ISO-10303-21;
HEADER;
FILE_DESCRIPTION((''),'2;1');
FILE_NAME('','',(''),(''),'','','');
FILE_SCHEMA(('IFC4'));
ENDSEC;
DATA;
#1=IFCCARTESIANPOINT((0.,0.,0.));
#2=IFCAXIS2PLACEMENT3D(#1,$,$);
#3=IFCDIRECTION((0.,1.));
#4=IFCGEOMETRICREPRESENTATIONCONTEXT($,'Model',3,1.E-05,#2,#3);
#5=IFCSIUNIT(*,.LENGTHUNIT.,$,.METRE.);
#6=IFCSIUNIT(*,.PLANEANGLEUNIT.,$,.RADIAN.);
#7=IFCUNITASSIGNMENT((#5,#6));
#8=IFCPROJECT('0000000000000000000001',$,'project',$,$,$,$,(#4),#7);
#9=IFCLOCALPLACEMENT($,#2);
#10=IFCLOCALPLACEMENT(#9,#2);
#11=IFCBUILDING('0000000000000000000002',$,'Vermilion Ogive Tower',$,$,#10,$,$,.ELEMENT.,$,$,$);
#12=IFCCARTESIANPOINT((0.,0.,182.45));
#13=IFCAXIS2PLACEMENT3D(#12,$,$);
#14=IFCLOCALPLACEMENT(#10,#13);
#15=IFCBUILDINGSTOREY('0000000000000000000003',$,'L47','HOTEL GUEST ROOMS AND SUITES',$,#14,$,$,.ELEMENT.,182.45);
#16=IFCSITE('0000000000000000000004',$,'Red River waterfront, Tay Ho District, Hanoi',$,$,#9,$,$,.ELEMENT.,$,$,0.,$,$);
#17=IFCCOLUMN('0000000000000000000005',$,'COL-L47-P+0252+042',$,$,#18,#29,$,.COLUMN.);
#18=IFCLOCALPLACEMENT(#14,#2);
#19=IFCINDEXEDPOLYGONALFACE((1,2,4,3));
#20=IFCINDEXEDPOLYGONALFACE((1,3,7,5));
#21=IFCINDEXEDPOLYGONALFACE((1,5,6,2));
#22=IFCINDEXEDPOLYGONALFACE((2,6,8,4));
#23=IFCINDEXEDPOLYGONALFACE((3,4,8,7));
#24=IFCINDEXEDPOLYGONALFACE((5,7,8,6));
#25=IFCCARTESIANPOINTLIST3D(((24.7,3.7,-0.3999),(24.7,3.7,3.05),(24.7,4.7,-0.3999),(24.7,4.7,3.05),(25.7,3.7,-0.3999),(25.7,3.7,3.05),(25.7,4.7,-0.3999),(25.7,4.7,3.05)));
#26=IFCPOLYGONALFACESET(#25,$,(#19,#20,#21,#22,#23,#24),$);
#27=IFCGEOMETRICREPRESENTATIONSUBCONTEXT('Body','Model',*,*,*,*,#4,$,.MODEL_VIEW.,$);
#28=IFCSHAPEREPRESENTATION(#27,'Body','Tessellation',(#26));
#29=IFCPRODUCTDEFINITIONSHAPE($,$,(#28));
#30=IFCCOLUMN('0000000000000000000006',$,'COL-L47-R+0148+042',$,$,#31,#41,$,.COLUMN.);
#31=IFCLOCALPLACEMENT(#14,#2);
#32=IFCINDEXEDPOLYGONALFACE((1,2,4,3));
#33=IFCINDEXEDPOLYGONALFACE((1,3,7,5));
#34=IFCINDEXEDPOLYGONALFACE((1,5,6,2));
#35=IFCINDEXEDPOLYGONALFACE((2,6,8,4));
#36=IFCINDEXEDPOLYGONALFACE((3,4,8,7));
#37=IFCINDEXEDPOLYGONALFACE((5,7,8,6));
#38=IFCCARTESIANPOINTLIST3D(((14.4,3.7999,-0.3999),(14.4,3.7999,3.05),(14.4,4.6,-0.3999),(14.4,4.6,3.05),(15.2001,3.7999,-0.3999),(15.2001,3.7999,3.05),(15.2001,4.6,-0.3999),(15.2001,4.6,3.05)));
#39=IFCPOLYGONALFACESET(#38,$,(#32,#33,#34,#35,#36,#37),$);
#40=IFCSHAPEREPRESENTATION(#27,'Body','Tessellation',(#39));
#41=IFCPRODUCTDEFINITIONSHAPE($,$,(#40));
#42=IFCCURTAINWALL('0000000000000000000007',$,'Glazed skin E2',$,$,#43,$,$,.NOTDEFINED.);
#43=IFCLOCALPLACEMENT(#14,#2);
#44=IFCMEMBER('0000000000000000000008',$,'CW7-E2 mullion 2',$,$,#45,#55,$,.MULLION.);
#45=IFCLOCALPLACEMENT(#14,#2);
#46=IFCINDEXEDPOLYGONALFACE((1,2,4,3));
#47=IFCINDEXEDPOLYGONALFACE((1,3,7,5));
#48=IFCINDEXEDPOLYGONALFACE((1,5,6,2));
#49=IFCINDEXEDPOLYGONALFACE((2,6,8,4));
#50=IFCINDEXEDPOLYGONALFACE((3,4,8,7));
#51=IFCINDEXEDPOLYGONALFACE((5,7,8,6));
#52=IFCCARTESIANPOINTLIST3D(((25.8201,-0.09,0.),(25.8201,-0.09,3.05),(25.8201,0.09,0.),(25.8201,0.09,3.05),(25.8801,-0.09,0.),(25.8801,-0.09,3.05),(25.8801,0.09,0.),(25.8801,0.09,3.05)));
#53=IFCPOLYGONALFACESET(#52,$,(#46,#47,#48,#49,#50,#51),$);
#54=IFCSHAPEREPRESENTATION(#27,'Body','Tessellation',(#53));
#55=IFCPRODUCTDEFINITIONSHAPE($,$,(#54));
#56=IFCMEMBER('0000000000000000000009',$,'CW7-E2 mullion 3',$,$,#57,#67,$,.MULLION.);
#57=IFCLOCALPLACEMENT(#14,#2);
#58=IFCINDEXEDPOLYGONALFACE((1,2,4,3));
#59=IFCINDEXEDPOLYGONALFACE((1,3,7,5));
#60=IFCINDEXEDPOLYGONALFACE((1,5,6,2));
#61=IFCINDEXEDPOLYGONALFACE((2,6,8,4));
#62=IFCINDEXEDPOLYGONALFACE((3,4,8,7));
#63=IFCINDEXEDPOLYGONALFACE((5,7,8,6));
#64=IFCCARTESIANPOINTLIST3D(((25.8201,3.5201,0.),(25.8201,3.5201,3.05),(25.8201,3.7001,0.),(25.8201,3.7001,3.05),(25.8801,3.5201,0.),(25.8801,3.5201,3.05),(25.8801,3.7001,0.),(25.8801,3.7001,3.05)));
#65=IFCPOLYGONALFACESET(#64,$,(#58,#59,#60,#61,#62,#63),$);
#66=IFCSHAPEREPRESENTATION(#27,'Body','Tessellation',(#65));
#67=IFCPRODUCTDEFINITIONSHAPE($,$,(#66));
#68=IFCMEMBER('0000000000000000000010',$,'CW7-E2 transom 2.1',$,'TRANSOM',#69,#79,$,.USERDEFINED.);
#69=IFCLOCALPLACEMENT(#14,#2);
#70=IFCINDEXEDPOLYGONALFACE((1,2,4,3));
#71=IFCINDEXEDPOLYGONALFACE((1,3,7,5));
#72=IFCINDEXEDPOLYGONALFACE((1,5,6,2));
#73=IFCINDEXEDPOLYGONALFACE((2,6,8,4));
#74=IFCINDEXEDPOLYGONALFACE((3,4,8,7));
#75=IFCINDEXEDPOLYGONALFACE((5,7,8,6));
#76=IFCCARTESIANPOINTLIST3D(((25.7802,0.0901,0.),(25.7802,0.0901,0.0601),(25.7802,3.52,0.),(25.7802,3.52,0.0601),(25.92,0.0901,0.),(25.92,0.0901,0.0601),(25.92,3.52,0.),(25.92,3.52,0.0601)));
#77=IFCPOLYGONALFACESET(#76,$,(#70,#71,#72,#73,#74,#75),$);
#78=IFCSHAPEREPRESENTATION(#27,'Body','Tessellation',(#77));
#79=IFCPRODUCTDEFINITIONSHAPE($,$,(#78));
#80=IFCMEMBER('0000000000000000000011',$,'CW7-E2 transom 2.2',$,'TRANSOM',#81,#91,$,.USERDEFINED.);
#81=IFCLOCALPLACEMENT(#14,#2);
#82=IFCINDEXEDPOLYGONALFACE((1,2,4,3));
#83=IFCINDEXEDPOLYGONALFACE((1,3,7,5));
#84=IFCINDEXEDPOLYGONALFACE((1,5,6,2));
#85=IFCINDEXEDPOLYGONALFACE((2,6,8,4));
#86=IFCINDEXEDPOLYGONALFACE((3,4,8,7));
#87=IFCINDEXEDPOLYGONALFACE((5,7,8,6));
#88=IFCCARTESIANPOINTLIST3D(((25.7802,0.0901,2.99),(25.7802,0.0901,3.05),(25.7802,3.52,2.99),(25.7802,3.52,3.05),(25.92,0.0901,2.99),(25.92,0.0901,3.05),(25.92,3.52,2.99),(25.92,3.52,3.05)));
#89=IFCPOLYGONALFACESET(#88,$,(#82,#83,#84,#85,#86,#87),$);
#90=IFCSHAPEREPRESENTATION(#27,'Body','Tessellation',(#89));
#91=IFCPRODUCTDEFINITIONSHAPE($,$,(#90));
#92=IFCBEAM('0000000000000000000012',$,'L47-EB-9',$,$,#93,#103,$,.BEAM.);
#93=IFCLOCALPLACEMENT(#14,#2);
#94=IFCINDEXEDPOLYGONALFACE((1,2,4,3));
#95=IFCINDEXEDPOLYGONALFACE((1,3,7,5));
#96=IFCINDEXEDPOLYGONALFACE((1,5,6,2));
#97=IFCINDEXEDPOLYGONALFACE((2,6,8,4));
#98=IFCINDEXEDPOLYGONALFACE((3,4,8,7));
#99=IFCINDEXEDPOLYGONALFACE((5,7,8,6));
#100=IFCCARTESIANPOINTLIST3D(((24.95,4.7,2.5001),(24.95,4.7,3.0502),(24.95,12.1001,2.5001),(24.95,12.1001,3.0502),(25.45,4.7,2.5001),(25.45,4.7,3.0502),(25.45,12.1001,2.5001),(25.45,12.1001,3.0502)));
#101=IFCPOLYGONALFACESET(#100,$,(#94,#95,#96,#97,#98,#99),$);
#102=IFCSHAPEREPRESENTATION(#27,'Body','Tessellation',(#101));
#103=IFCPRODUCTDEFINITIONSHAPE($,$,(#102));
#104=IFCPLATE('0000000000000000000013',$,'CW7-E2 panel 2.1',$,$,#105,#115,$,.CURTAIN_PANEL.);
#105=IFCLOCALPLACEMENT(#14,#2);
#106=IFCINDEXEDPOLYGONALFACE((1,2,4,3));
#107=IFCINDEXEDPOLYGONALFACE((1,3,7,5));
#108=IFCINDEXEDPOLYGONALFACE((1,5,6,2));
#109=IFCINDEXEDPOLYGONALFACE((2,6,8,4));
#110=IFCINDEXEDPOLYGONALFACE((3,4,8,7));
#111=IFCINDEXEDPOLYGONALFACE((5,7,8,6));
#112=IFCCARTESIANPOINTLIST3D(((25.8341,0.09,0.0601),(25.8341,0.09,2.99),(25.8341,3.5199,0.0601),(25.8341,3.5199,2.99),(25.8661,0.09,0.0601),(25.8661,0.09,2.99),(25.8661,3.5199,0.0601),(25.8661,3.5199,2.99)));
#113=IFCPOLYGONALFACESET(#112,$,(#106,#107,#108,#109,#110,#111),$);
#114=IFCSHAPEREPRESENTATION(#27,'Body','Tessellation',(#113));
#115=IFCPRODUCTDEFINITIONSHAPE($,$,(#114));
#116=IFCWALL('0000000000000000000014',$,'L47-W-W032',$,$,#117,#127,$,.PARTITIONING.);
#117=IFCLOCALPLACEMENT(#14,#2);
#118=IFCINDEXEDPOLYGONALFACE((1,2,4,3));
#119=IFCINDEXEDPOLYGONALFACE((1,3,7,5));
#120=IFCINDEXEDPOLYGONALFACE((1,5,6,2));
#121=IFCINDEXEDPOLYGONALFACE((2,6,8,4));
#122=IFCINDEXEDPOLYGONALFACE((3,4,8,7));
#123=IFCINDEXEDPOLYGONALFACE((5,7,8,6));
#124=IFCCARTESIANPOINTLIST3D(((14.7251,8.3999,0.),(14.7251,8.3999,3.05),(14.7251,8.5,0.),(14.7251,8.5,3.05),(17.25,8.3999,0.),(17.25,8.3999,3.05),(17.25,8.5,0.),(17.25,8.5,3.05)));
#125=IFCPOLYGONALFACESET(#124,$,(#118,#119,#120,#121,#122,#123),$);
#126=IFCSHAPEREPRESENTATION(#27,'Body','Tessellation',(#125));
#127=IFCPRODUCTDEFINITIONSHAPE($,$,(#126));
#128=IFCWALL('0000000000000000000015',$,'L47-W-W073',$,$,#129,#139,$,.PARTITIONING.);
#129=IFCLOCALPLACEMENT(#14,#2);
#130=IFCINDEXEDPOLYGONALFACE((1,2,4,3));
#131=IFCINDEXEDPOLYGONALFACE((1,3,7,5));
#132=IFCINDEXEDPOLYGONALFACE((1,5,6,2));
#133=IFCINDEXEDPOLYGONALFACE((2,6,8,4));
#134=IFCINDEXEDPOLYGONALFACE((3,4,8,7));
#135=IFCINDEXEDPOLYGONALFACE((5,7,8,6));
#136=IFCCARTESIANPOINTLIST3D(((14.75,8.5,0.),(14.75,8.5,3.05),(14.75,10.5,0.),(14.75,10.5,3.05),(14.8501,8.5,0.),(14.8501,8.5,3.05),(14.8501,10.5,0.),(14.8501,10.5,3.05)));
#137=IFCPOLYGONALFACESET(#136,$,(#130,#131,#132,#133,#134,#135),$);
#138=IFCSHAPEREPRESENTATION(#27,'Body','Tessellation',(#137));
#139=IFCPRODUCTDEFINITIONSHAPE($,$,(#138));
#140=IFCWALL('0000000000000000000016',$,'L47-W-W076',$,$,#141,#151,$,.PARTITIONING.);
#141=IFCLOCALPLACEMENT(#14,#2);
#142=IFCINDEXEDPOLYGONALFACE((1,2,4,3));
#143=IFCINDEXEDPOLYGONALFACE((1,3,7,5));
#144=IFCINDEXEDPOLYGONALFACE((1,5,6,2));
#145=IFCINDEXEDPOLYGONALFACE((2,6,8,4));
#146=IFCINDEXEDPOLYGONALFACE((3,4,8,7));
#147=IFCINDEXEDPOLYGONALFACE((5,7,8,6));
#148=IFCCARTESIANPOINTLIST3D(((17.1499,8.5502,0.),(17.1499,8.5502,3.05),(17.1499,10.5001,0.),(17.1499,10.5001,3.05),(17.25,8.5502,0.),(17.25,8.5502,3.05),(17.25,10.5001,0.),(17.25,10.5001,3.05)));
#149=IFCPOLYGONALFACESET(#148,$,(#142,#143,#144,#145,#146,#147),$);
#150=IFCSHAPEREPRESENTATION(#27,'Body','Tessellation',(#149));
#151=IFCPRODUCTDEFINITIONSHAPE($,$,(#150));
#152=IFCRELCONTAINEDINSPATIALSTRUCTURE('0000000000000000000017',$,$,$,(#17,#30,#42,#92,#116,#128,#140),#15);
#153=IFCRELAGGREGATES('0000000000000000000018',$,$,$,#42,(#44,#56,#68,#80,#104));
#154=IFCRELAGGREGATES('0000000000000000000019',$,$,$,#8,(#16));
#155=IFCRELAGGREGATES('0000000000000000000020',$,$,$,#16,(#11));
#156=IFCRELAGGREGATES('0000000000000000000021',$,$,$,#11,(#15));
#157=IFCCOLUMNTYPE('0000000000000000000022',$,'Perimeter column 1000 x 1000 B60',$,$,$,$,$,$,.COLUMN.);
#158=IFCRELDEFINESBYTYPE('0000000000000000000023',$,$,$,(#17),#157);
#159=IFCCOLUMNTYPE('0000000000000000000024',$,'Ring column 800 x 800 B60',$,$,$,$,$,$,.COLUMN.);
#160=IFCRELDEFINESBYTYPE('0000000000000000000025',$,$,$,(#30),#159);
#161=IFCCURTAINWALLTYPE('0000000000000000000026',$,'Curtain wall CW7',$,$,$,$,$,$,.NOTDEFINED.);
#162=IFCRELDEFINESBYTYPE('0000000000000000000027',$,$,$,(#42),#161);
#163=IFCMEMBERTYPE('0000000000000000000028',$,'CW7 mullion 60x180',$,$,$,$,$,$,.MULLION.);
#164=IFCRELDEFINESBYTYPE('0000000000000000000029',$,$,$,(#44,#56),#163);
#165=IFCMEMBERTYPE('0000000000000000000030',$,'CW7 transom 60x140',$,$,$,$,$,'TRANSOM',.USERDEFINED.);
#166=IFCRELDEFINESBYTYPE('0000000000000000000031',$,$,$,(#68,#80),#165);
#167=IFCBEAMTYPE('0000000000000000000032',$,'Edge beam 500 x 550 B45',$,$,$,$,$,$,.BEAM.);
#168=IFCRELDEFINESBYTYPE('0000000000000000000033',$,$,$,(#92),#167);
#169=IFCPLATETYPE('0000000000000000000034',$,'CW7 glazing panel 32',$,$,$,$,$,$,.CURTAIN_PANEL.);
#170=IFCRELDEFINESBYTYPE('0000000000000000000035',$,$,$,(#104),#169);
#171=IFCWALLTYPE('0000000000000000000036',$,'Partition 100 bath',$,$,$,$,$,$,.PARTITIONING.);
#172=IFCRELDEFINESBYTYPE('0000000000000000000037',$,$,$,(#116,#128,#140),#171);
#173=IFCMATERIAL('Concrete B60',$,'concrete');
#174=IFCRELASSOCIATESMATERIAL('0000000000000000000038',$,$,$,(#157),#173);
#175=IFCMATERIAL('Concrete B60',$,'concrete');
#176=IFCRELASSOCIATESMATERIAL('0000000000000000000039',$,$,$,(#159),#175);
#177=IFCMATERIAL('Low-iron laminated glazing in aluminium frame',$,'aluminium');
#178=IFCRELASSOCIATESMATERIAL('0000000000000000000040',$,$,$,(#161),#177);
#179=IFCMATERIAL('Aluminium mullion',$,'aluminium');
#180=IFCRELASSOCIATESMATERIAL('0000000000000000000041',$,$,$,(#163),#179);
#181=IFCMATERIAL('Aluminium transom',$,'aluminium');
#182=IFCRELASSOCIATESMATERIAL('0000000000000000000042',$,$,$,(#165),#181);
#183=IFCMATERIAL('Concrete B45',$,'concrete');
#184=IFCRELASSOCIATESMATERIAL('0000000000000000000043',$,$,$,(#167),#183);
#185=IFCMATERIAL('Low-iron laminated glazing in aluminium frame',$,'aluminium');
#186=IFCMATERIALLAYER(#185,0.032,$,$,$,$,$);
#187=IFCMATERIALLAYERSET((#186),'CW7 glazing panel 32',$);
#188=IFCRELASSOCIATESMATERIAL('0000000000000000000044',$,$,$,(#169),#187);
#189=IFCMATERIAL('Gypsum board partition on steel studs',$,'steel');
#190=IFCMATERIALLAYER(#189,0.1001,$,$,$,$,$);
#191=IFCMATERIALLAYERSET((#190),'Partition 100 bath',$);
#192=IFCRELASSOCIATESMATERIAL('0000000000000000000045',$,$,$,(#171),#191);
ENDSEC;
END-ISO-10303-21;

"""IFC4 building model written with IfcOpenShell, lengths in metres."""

from ifc_helpers import new_model, si_unit, direction, frame, frame_2d, origin, origin_2d, place, context, subcontext, project, spatial, rectangle, extrude, material, layer, layer_set, material_profile, profile_set, type_object, element, aggregate, save


model = new_model("IFC4")

# Units and contexts
model_context = context("Model", 3, precision=1e-05, world=origin(), true_north=direction((0.0, 1.0)))
body_context = subcontext(model_context, "Body", "Model", "MODEL_VIEW")
ifc_project = project(units=[si_unit("LENGTHUNIT", "METRE"), si_unit("PLANEANGLEUNIT", "RADIAN")], contexts=[model_context])

# Site, building, storey
site_placement = place(None, origin())
site = spatial("IfcSite", under=ifc_project, at=site_placement, Name="Red River waterfront, Tay Ho District, Hanoi", CompositionType="ELEMENT", RefElevation=0.0)
building_placement = place(site_placement, origin())
building = spatial("IfcBuilding", under=site, at=building_placement, Name="Vermilion Ogive Tower", CompositionType="ELEMENT")
storey_placement = place(building_placement, frame((0.0, 0.0, 182.45)))
storey = spatial("IfcBuildingStorey", under=building, at=storey_placement, Name="L47", Description="HOTEL GUEST ROOMS AND SUITES", CompositionType="ELEMENT", Elevation=182.45)

# Columns
ifc_material_1 = material(Name="Concrete B60", Category="concrete")
ifc_material_profile_1 = material_profile(ifc_material_1, rectangle(XDim=1.0, YDim=1.0, at=origin_2d()), Name="1000 x 1000")
ifc_profile_set_1 = profile_set([ifc_material_profile_1], Name="Concrete B60")
column_type_1 = type_object("IfcColumnType", Name="Perimeter column 1000 x 1000 B60", PredefinedType="COLUMN", material=ifc_profile_set_1)
column_1_placement = place(storey_placement, frame((25.2, 4.2, -0.3999), z_axis=(0.0, 0.0, 1.0), x_axis=(1.0, 0.0, 0.0)))
element("IfcColumn", 1, at=column_1_placement, inside=storey, type_object=column_type_1, Name="COL-L47-P+0252+042", PredefinedType="COLUMN", context=body_context, shape_type="SweptSolid", body=[
    extrude(rectangle(XDim=1.0, YDim=1.0, at=origin_2d()), origin(), (0.0, 0.0, 1.0), 3.45),
])
ifc_material_2 = material(Name="Concrete B60", Category="concrete")
ifc_material_profile_2 = material_profile(ifc_material_2, rectangle(XDim=0.8, YDim=0.8, at=origin_2d()), Name="800 x 800")
ifc_profile_set_2 = profile_set([ifc_material_profile_2], Name="Concrete B60")
column_type_2 = type_object("IfcColumnType", Name="Ring column 800 x 800 B60", PredefinedType="COLUMN", material=ifc_profile_set_2)
column_2_placement = place(storey_placement, frame((14.8, 4.2, -0.3999), z_axis=(0.0, 0.0, 1.0), x_axis=(1.0, 0.0, 0.0)))
element("IfcColumn", 2, at=column_2_placement, inside=storey, type_object=column_type_2, Name="COL-L47-R+0148+042", PredefinedType="COLUMN", context=body_context, shape_type="SweptSolid", body=[
    extrude(rectangle(XDim=0.8, YDim=0.8, at=origin_2d()), origin(), (0.0, 0.0, 1.0), 3.45),
])

# Curtain wall, members
ifc_material_3 = material(Name="Low-iron laminated glazing in aluminium frame", Category="aluminium")
curtain_wall_type = type_object("IfcCurtainWallType", Name="Curtain wall CW7", PredefinedType="NOTDEFINED", material=ifc_material_3)
curtain_wall_placement = place(storey_placement, origin())
curtain_wall = element("IfcCurtainWall", 3, at=curtain_wall_placement, inside=storey, type_object=curtain_wall_type, Name="Glazed skin E2", PredefinedType="NOTDEFINED")
ifc_material_4 = material(Name="Aluminium mullion", Category="aluminium")
ifc_material_profile_3 = material_profile(ifc_material_4, rectangle(XDim=0.0601, YDim=0.1799, at=origin_2d()), Name="AL 60x180")
ifc_profile_set_3 = profile_set([ifc_material_profile_3], Name="Aluminium mullion")
member_type_1 = type_object("IfcMemberType", Name="CW7 mullion 60x180", PredefinedType="MULLION", material=ifc_profile_set_3)
member_1_placement = place(storey_placement, frame((25.8501, 0.0, 0.0), z_axis=(0.0, 0.0, 1.0), x_axis=(-1.0, 0.0, 0.0)))
member_1 = element("IfcMember", 4, at=member_1_placement, type_object=member_type_1, Name="CW7-E2 mullion 2", PredefinedType="MULLION", context=body_context, shape_type="SweptSolid", body=[
    extrude(rectangle(XDim=0.0601, YDim=0.1799, at=origin_2d()), origin(), (0.0, 0.0, 1.0), 3.05),
])
member_2_placement = place(storey_placement, frame((25.8501, 3.6101, 0.0), z_axis=(0.0, 0.0, 1.0), x_axis=(-1.0, 0.0, 0.0)))
member_2 = element("IfcMember", 5, at=member_2_placement, type_object=member_type_1, Name="CW7-E2 mullion 3", PredefinedType="MULLION", context=body_context, shape_type="SweptSolid", body=[
    extrude(rectangle(XDim=0.0601, YDim=0.1799, at=origin_2d()), origin(), (0.0, 0.0, 1.0), 3.05),
])
ifc_material_5 = material(Name="Aluminium transom", Category="aluminium")
ifc_material_profile_4 = material_profile(ifc_material_5, rectangle(XDim=0.1399, YDim=0.0601, at=origin_2d()), Name="AL 60x140")
ifc_profile_set_4 = profile_set([ifc_material_profile_4], Name="Aluminium transom")
member_type_2 = type_object("IfcMemberType", Name="CW7 transom 60x140", ElementType="TRANSOM", PredefinedType="USERDEFINED", material=ifc_profile_set_4)
member_3_placement = place(storey_placement, frame((25.8501, 0.0901, 0.03), z_axis=(0.0, 1.0, 0.0), x_axis=(-1.0, 0.0, 0.0)))
member_3 = element("IfcMember", 6, at=member_3_placement, type_object=member_type_2, Name="CW7-E2 transom 2.1", ObjectType="TRANSOM", PredefinedType="USERDEFINED", context=body_context, shape_type="SweptSolid", body=[
    extrude(rectangle(XDim=0.1399, YDim=0.0601, at=origin_2d()), origin(), (0.0, 0.0, 1.0), 3.4299),
])
member_4_placement = place(storey_placement, frame((25.8501, 0.0901, 3.02), z_axis=(0.0, 1.0, 0.0), x_axis=(-1.0, 0.0, 0.0)))
member_4 = element("IfcMember", 7, at=member_4_placement, type_object=member_type_2, Name="CW7-E2 transom 2.2", ObjectType="TRANSOM", PredefinedType="USERDEFINED", context=body_context, shape_type="SweptSolid", body=[
    extrude(rectangle(XDim=0.1399, YDim=0.0601, at=origin_2d()), origin(), (0.0, 0.0, 1.0), 3.4299),
])

# Beam
ifc_material_6 = material(Name="Concrete B45", Category="concrete")
ifc_material_profile_5 = material_profile(ifc_material_6, rectangle(XDim=0.5, YDim=0.55, at=origin_2d()), Name="500 x 550")
ifc_profile_set_5 = profile_set([ifc_material_profile_5], Name="Concrete B45")
beam_type = type_object("IfcBeamType", Name="Edge beam 500 x 550 B45", PredefinedType="BEAM", material=ifc_profile_set_5)
beam_placement = place(storey_placement, frame((25.2, 4.7, 2.7751), z_axis=(0.0, 1.0, 0.0), x_axis=(-1.0, 0.0, 0.0)))
element("IfcBeam", 8, at=beam_placement, inside=storey, type_object=beam_type, Name="L47-EB-9", PredefinedType="BEAM", context=body_context, shape_type="SweptSolid", body=[
    extrude(rectangle(XDim=0.5, YDim=0.55, at=origin_2d()), origin(), (0.0, 0.0, 1.0), 7.4001),
])

# Plate
ifc_material_7 = material(Name="Low-iron laminated glazing in aluminium frame", Category="aluminium")
ifc_layer_1 = layer(ifc_material_7, 0.032)
ifc_layer_set_1 = layer_set([ifc_layer_1], Name="CW7 glazing panel 32")
plate_type = type_object("IfcPlateType", Name="CW7 glazing panel 32", PredefinedType="CURTAIN_PANEL", material=ifc_layer_set_1)
plate_placement = place(storey_placement, frame((25.8501, 1.8049, 0.0601), z_axis=(0.0, 0.0, 1.0), x_axis=(0.0, 1.0, 0.0)))
plate = element("IfcPlate", 9, at=plate_placement, type_object=plate_type, Name="CW7-E2 panel 2.1", PredefinedType="CURTAIN_PANEL", context=body_context, shape_type="SweptSolid", body=[
    extrude(rectangle(XDim=3.4299, YDim=0.032, at=origin_2d()), origin(), (0.0, 0.0, 1.0), 2.9299),
])
aggregate(curtain_wall, [member_1, member_2, member_3, member_4, plate])

# Walls
ifc_material_8 = material(Name="Gypsum board partition on steel studs", Category="steel")
ifc_layer_2 = layer(ifc_material_8, 0.1001)
ifc_layer_set_2 = layer_set([ifc_layer_2], Name="Partition 100 bath")
wall_type_1 = type_object("IfcWallType", Name="Partition 100 bath", PredefinedType="PARTITIONING", material=ifc_layer_set_2)
wall_1_placement = place(storey_placement, frame((14.7251, 8.45, 0.0), z_axis=(0.0, 0.0, 1.0), x_axis=(1.0, 0.0, 0.0)))
element("IfcWall", 10, at=wall_1_placement, inside=storey, type_object=wall_type_1, Name="L47-W-W032", PredefinedType="PARTITIONING", context=body_context, shape_type="SweptSolid", body=[
    extrude(rectangle(XDim=2.5249, YDim=0.1001, at=frame_2d((1.2625, 0.0))), origin(), (0.0, 0.0, 1.0), 3.05),
])
wall_2_placement = place(storey_placement, frame((14.8, 8.5, 0.0), z_axis=(0.0, 0.0, 1.0), x_axis=(0.0, 1.0, 0.0)))
element("IfcWall", 11, at=wall_2_placement, inside=storey, type_object=wall_type_1, Name="L47-W-W073", PredefinedType="PARTITIONING", context=body_context, shape_type="SweptSolid", body=[
    extrude(rectangle(XDim=2.0, YDim=0.1001, at=frame_2d((1.0, 0.0))), origin(), (0.0, 0.0, 1.0), 3.05),
])
wall_3_placement = place(storey_placement, frame((17.2, 8.55, 0.0), z_axis=(0.0, 0.0, 1.0), x_axis=(0.0, 1.0, 0.0)))
element("IfcWall", 12, at=wall_3_placement, inside=storey, type_object=wall_type_1, Name="L47-W-W076", PredefinedType="PARTITIONING", context=body_context, shape_type="SweptSolid", body=[
    extrude(rectangle(XDim=1.95, YDim=0.1001, at=frame_2d((0.9751, 0.0))), origin(), (0.0, 0.0, 1.0), 3.05),
])

save(model, "model.ifc")
